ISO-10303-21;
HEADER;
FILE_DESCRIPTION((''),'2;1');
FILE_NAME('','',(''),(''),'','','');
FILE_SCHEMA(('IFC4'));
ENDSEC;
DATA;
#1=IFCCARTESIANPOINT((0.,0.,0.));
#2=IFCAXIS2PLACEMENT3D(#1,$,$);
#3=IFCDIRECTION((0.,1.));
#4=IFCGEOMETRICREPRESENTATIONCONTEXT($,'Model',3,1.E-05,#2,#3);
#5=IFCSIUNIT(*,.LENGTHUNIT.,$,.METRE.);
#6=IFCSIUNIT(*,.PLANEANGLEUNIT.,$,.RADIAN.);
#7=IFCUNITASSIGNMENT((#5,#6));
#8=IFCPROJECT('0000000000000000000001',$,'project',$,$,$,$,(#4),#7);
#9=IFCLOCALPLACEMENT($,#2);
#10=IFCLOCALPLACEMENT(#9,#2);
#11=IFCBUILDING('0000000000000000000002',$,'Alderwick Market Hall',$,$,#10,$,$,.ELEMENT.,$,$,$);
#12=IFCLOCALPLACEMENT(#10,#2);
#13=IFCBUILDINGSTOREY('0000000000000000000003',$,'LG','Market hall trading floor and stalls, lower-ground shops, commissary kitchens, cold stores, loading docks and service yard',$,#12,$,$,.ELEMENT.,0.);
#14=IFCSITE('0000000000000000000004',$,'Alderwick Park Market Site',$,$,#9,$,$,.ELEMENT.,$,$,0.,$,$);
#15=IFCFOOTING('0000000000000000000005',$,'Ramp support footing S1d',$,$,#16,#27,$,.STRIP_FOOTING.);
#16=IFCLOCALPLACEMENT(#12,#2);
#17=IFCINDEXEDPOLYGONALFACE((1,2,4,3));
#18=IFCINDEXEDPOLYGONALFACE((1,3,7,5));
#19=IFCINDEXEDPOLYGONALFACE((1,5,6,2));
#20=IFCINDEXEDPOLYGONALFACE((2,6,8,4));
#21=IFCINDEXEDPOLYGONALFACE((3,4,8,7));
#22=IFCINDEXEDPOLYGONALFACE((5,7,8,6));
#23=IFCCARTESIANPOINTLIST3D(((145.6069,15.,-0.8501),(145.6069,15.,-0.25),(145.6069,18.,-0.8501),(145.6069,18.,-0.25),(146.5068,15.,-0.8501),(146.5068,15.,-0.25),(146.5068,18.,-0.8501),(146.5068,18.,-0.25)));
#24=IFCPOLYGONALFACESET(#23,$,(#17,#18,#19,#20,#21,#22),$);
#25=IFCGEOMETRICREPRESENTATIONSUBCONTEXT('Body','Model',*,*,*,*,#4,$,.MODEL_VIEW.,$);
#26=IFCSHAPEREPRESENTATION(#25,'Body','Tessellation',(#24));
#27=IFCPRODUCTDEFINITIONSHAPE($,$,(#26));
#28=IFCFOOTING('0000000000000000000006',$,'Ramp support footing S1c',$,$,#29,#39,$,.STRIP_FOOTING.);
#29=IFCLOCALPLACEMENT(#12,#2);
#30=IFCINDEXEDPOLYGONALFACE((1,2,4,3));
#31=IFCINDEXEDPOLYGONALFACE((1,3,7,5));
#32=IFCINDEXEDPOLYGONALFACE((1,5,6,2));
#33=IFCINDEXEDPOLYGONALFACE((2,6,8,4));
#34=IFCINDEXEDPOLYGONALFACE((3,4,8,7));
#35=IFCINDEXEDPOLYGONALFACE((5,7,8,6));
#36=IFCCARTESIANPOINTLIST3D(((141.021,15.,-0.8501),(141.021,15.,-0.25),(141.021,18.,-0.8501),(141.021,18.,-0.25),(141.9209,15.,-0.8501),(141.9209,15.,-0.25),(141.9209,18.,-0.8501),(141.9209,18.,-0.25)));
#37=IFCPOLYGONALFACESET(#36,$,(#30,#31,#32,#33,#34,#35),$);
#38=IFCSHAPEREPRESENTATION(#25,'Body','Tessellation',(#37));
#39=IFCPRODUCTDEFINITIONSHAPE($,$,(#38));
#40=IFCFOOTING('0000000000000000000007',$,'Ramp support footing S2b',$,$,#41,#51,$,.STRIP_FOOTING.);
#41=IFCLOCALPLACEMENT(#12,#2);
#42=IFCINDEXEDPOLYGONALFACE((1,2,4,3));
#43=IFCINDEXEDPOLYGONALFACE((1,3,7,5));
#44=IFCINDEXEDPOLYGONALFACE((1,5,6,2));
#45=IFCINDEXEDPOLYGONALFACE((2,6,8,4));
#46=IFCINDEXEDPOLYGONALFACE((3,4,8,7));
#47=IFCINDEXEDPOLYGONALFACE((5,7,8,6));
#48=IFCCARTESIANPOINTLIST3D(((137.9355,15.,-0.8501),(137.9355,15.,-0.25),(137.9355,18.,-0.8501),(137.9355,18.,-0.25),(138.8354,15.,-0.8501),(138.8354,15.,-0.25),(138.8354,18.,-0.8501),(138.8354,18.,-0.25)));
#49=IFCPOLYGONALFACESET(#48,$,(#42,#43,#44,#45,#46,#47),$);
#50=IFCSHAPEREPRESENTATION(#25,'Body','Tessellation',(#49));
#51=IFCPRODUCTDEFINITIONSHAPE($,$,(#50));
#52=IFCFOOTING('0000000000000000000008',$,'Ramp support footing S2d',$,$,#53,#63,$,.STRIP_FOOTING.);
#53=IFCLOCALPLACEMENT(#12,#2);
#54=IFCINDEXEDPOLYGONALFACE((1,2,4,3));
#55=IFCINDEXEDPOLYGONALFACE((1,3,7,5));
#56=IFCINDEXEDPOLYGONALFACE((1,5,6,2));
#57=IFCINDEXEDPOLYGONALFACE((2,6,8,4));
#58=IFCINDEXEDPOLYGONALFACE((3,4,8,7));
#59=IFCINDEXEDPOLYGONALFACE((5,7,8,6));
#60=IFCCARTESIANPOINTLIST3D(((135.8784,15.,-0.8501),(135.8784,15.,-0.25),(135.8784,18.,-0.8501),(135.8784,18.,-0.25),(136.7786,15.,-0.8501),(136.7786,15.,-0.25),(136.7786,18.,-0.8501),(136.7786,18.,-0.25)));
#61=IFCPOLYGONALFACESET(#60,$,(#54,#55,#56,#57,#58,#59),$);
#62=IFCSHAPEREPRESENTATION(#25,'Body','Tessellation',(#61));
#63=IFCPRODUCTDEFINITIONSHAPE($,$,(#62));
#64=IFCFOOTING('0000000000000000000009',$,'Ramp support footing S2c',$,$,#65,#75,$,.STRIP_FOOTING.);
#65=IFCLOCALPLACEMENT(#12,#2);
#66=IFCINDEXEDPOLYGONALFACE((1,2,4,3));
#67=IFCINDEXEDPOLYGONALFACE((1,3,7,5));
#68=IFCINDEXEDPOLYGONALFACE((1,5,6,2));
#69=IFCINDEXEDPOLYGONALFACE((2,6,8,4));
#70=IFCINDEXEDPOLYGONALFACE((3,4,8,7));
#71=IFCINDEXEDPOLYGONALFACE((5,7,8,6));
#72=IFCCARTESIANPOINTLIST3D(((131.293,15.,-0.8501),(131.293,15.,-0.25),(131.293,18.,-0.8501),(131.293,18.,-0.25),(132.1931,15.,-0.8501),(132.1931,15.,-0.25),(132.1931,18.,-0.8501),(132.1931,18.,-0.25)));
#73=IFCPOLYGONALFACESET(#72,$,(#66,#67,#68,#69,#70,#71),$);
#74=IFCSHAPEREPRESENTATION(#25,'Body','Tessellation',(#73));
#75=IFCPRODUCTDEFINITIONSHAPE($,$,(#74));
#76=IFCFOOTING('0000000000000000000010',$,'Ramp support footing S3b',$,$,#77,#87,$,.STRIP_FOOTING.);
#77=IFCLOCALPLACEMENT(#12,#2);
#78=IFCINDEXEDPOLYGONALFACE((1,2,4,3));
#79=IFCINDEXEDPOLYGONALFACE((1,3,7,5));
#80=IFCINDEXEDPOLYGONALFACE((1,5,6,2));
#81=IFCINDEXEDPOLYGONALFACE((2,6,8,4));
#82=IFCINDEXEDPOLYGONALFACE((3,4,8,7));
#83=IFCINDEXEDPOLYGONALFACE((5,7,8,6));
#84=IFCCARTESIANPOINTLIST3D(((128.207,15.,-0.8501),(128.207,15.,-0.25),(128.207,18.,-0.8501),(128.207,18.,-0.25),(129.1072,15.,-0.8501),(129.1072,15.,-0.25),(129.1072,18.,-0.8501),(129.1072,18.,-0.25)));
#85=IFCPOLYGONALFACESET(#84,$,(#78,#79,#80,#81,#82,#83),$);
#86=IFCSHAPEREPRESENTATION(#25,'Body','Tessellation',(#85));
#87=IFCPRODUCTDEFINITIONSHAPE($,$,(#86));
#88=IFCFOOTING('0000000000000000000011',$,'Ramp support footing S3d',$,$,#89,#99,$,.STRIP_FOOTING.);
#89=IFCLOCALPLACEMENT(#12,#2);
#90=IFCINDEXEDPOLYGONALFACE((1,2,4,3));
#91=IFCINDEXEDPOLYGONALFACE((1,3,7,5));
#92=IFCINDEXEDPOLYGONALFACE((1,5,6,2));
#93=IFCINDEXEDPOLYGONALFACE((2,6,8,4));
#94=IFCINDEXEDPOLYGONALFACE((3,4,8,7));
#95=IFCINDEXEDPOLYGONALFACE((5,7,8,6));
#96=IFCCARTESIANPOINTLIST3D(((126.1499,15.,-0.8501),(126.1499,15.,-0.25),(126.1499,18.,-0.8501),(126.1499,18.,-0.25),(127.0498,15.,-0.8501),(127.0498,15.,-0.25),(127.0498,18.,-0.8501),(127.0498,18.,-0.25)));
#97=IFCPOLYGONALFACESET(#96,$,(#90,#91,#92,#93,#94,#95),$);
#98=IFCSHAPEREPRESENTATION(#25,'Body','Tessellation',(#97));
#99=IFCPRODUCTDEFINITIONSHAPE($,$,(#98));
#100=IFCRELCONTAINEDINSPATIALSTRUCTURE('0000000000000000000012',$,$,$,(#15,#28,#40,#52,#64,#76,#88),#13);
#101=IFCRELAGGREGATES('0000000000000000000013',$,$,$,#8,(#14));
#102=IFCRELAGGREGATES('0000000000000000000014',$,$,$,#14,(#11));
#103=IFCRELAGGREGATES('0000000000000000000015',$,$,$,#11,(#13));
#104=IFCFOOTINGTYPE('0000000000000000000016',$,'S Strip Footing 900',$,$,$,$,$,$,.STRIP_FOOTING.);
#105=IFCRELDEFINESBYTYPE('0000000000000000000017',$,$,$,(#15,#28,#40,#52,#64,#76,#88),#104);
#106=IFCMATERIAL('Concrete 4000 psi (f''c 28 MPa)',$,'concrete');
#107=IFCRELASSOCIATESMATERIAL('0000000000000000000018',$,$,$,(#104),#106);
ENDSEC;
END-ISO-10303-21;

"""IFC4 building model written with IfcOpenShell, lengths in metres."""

from ifc_helpers import new_model, si_unit, direction, frame, origin, place, context, subcontext, project, spatial, polyline, outline, extrude, material, type_object, element, save


model = new_model("IFC4")

# Units and contexts
model_context = context("Model", 3, precision=1e-05, world=origin(), true_north=direction((0.0, 1.0)))
body_context = subcontext(model_context, "Body", "Model", "MODEL_VIEW")
ifc_project = project(units=[si_unit("LENGTHUNIT", "METRE"), si_unit("PLANEANGLEUNIT", "RADIAN")], contexts=[model_context])

# Site, building, storey
site_placement = place(None, origin())
site = spatial("IfcSite", under=ifc_project, at=site_placement, Name="Alderwick Park Market Site", CompositionType="ELEMENT", RefElevation=0.0)
building_placement = place(site_placement, origin())
building = spatial("IfcBuilding", under=site, at=building_placement, Name="Alderwick Market Hall", CompositionType="ELEMENT")
storey_placement = place(building_placement, origin())
storey = spatial("IfcBuildingStorey", under=building, at=storey_placement, Name="LG", Description="Market hall trading floor and stalls, lower-ground shops, commissary kitchens, cold stores, loading docks and service yard", CompositionType="ELEMENT", Elevation=0.0)

# Footings
ifc_material = material(Name="Concrete 4000 psi (f'c 28 MPa)", Category="concrete")
footing_type = type_object("IfcFootingType", Name="S Strip Footing 900", PredefinedType="STRIP_FOOTING", material=ifc_material)
footing_1_placement = place(storey_placement, frame((0.0, 0.0, -0.8501)))
element("IfcFooting", 1, at=footing_1_placement, inside=storey, type_object=footing_type, Name="Ramp support footing S1d", PredefinedType="STRIP_FOOTING", context=body_context, shape_type="SweptSolid", body=[
    extrude(outline(polyline([(146.5068, 15.0), (146.5068, 18.0), (145.6069, 18.0), (145.6069, 15.0), (146.5068, 15.0)])), origin(), (0.0, 0.0, 1.0), 0.6001),
])
footing_2_placement = place(storey_placement, frame((0.0, 0.0, -0.8501)))
element("IfcFooting", 2, at=footing_2_placement, inside=storey, type_object=footing_type, Name="Ramp support footing S1c", PredefinedType="STRIP_FOOTING", context=body_context, shape_type="SweptSolid", body=[
    extrude(outline(polyline([(141.9209, 15.0), (141.9209, 18.0), (141.021, 18.0), (141.021, 15.0), (141.9209, 15.0)])), origin(), (0.0, 0.0, 1.0), 0.6001),
])
footing_3_placement = place(storey_placement, frame((0.0, 0.0, -0.8501)))
element("IfcFooting", 3, at=footing_3_placement, inside=storey, type_object=footing_type, Name="Ramp support footing S2b", PredefinedType="STRIP_FOOTING", context=body_context, shape_type="SweptSolid", body=[
    extrude(outline(polyline([(138.8354, 15.0), (138.8354, 18.0), (137.9355, 18.0), (137.9355, 15.0), (138.8354, 15.0)])), origin(), (0.0, 0.0, 1.0), 0.6001),
])
footing_4_placement = place(storey_placement, frame((0.0, 0.0, -0.8501)))
element("IfcFooting", 4, at=footing_4_placement, inside=storey, type_object=footing_type, Name="Ramp support footing S2d", PredefinedType="STRIP_FOOTING", context=body_context, shape_type="SweptSolid", body=[
    extrude(outline(polyline([(136.7786, 15.0), (136.7786, 18.0), (135.8784, 18.0), (135.8784, 15.0), (136.7786, 15.0)])), origin(), (0.0, 0.0, 1.0), 0.6001),
])
footing_5_placement = place(storey_placement, frame((0.0, 0.0, -0.8501)))
element("IfcFooting", 5, at=footing_5_placement, inside=storey, type_object=footing_type, Name="Ramp support footing S2c", PredefinedType="STRIP_FOOTING", context=body_context, shape_type="SweptSolid", body=[
    extrude(outline(polyline([(132.1931, 15.0), (132.1931, 18.0), (131.293, 18.0), (131.293, 15.0), (132.1931, 15.0)])), origin(), (0.0, 0.0, 1.0), 0.6001),
])
footing_6_placement = place(storey_placement, frame((0.0, 0.0, -0.8501)))
element("IfcFooting", 6, at=footing_6_placement, inside=storey, type_object=footing_type, Name="Ramp support footing S3b", PredefinedType="STRIP_FOOTING", context=body_context, shape_type="SweptSolid", body=[
    extrude(outline(polyline([(129.1072, 15.0), (129.1072, 18.0), (128.207, 18.0), (128.207, 15.0), (129.1072, 15.0)])), origin(), (0.0, 0.0, 1.0), 0.6001),
])
footing_7_placement = place(storey_placement, frame((0.0, 0.0, -0.8501)))
element("IfcFooting", 7, at=footing_7_placement, inside=storey, type_object=footing_type, Name="Ramp support footing S3d", PredefinedType="STRIP_FOOTING", context=body_context, shape_type="SweptSolid", body=[
    extrude(outline(polyline([(127.0498, 15.0), (127.0498, 18.0), (126.1499, 18.0), (126.1499, 15.0), (127.0498, 15.0)])), origin(), (0.0, 0.0, 1.0), 0.6001),
])

save(model, "model.ifc")
